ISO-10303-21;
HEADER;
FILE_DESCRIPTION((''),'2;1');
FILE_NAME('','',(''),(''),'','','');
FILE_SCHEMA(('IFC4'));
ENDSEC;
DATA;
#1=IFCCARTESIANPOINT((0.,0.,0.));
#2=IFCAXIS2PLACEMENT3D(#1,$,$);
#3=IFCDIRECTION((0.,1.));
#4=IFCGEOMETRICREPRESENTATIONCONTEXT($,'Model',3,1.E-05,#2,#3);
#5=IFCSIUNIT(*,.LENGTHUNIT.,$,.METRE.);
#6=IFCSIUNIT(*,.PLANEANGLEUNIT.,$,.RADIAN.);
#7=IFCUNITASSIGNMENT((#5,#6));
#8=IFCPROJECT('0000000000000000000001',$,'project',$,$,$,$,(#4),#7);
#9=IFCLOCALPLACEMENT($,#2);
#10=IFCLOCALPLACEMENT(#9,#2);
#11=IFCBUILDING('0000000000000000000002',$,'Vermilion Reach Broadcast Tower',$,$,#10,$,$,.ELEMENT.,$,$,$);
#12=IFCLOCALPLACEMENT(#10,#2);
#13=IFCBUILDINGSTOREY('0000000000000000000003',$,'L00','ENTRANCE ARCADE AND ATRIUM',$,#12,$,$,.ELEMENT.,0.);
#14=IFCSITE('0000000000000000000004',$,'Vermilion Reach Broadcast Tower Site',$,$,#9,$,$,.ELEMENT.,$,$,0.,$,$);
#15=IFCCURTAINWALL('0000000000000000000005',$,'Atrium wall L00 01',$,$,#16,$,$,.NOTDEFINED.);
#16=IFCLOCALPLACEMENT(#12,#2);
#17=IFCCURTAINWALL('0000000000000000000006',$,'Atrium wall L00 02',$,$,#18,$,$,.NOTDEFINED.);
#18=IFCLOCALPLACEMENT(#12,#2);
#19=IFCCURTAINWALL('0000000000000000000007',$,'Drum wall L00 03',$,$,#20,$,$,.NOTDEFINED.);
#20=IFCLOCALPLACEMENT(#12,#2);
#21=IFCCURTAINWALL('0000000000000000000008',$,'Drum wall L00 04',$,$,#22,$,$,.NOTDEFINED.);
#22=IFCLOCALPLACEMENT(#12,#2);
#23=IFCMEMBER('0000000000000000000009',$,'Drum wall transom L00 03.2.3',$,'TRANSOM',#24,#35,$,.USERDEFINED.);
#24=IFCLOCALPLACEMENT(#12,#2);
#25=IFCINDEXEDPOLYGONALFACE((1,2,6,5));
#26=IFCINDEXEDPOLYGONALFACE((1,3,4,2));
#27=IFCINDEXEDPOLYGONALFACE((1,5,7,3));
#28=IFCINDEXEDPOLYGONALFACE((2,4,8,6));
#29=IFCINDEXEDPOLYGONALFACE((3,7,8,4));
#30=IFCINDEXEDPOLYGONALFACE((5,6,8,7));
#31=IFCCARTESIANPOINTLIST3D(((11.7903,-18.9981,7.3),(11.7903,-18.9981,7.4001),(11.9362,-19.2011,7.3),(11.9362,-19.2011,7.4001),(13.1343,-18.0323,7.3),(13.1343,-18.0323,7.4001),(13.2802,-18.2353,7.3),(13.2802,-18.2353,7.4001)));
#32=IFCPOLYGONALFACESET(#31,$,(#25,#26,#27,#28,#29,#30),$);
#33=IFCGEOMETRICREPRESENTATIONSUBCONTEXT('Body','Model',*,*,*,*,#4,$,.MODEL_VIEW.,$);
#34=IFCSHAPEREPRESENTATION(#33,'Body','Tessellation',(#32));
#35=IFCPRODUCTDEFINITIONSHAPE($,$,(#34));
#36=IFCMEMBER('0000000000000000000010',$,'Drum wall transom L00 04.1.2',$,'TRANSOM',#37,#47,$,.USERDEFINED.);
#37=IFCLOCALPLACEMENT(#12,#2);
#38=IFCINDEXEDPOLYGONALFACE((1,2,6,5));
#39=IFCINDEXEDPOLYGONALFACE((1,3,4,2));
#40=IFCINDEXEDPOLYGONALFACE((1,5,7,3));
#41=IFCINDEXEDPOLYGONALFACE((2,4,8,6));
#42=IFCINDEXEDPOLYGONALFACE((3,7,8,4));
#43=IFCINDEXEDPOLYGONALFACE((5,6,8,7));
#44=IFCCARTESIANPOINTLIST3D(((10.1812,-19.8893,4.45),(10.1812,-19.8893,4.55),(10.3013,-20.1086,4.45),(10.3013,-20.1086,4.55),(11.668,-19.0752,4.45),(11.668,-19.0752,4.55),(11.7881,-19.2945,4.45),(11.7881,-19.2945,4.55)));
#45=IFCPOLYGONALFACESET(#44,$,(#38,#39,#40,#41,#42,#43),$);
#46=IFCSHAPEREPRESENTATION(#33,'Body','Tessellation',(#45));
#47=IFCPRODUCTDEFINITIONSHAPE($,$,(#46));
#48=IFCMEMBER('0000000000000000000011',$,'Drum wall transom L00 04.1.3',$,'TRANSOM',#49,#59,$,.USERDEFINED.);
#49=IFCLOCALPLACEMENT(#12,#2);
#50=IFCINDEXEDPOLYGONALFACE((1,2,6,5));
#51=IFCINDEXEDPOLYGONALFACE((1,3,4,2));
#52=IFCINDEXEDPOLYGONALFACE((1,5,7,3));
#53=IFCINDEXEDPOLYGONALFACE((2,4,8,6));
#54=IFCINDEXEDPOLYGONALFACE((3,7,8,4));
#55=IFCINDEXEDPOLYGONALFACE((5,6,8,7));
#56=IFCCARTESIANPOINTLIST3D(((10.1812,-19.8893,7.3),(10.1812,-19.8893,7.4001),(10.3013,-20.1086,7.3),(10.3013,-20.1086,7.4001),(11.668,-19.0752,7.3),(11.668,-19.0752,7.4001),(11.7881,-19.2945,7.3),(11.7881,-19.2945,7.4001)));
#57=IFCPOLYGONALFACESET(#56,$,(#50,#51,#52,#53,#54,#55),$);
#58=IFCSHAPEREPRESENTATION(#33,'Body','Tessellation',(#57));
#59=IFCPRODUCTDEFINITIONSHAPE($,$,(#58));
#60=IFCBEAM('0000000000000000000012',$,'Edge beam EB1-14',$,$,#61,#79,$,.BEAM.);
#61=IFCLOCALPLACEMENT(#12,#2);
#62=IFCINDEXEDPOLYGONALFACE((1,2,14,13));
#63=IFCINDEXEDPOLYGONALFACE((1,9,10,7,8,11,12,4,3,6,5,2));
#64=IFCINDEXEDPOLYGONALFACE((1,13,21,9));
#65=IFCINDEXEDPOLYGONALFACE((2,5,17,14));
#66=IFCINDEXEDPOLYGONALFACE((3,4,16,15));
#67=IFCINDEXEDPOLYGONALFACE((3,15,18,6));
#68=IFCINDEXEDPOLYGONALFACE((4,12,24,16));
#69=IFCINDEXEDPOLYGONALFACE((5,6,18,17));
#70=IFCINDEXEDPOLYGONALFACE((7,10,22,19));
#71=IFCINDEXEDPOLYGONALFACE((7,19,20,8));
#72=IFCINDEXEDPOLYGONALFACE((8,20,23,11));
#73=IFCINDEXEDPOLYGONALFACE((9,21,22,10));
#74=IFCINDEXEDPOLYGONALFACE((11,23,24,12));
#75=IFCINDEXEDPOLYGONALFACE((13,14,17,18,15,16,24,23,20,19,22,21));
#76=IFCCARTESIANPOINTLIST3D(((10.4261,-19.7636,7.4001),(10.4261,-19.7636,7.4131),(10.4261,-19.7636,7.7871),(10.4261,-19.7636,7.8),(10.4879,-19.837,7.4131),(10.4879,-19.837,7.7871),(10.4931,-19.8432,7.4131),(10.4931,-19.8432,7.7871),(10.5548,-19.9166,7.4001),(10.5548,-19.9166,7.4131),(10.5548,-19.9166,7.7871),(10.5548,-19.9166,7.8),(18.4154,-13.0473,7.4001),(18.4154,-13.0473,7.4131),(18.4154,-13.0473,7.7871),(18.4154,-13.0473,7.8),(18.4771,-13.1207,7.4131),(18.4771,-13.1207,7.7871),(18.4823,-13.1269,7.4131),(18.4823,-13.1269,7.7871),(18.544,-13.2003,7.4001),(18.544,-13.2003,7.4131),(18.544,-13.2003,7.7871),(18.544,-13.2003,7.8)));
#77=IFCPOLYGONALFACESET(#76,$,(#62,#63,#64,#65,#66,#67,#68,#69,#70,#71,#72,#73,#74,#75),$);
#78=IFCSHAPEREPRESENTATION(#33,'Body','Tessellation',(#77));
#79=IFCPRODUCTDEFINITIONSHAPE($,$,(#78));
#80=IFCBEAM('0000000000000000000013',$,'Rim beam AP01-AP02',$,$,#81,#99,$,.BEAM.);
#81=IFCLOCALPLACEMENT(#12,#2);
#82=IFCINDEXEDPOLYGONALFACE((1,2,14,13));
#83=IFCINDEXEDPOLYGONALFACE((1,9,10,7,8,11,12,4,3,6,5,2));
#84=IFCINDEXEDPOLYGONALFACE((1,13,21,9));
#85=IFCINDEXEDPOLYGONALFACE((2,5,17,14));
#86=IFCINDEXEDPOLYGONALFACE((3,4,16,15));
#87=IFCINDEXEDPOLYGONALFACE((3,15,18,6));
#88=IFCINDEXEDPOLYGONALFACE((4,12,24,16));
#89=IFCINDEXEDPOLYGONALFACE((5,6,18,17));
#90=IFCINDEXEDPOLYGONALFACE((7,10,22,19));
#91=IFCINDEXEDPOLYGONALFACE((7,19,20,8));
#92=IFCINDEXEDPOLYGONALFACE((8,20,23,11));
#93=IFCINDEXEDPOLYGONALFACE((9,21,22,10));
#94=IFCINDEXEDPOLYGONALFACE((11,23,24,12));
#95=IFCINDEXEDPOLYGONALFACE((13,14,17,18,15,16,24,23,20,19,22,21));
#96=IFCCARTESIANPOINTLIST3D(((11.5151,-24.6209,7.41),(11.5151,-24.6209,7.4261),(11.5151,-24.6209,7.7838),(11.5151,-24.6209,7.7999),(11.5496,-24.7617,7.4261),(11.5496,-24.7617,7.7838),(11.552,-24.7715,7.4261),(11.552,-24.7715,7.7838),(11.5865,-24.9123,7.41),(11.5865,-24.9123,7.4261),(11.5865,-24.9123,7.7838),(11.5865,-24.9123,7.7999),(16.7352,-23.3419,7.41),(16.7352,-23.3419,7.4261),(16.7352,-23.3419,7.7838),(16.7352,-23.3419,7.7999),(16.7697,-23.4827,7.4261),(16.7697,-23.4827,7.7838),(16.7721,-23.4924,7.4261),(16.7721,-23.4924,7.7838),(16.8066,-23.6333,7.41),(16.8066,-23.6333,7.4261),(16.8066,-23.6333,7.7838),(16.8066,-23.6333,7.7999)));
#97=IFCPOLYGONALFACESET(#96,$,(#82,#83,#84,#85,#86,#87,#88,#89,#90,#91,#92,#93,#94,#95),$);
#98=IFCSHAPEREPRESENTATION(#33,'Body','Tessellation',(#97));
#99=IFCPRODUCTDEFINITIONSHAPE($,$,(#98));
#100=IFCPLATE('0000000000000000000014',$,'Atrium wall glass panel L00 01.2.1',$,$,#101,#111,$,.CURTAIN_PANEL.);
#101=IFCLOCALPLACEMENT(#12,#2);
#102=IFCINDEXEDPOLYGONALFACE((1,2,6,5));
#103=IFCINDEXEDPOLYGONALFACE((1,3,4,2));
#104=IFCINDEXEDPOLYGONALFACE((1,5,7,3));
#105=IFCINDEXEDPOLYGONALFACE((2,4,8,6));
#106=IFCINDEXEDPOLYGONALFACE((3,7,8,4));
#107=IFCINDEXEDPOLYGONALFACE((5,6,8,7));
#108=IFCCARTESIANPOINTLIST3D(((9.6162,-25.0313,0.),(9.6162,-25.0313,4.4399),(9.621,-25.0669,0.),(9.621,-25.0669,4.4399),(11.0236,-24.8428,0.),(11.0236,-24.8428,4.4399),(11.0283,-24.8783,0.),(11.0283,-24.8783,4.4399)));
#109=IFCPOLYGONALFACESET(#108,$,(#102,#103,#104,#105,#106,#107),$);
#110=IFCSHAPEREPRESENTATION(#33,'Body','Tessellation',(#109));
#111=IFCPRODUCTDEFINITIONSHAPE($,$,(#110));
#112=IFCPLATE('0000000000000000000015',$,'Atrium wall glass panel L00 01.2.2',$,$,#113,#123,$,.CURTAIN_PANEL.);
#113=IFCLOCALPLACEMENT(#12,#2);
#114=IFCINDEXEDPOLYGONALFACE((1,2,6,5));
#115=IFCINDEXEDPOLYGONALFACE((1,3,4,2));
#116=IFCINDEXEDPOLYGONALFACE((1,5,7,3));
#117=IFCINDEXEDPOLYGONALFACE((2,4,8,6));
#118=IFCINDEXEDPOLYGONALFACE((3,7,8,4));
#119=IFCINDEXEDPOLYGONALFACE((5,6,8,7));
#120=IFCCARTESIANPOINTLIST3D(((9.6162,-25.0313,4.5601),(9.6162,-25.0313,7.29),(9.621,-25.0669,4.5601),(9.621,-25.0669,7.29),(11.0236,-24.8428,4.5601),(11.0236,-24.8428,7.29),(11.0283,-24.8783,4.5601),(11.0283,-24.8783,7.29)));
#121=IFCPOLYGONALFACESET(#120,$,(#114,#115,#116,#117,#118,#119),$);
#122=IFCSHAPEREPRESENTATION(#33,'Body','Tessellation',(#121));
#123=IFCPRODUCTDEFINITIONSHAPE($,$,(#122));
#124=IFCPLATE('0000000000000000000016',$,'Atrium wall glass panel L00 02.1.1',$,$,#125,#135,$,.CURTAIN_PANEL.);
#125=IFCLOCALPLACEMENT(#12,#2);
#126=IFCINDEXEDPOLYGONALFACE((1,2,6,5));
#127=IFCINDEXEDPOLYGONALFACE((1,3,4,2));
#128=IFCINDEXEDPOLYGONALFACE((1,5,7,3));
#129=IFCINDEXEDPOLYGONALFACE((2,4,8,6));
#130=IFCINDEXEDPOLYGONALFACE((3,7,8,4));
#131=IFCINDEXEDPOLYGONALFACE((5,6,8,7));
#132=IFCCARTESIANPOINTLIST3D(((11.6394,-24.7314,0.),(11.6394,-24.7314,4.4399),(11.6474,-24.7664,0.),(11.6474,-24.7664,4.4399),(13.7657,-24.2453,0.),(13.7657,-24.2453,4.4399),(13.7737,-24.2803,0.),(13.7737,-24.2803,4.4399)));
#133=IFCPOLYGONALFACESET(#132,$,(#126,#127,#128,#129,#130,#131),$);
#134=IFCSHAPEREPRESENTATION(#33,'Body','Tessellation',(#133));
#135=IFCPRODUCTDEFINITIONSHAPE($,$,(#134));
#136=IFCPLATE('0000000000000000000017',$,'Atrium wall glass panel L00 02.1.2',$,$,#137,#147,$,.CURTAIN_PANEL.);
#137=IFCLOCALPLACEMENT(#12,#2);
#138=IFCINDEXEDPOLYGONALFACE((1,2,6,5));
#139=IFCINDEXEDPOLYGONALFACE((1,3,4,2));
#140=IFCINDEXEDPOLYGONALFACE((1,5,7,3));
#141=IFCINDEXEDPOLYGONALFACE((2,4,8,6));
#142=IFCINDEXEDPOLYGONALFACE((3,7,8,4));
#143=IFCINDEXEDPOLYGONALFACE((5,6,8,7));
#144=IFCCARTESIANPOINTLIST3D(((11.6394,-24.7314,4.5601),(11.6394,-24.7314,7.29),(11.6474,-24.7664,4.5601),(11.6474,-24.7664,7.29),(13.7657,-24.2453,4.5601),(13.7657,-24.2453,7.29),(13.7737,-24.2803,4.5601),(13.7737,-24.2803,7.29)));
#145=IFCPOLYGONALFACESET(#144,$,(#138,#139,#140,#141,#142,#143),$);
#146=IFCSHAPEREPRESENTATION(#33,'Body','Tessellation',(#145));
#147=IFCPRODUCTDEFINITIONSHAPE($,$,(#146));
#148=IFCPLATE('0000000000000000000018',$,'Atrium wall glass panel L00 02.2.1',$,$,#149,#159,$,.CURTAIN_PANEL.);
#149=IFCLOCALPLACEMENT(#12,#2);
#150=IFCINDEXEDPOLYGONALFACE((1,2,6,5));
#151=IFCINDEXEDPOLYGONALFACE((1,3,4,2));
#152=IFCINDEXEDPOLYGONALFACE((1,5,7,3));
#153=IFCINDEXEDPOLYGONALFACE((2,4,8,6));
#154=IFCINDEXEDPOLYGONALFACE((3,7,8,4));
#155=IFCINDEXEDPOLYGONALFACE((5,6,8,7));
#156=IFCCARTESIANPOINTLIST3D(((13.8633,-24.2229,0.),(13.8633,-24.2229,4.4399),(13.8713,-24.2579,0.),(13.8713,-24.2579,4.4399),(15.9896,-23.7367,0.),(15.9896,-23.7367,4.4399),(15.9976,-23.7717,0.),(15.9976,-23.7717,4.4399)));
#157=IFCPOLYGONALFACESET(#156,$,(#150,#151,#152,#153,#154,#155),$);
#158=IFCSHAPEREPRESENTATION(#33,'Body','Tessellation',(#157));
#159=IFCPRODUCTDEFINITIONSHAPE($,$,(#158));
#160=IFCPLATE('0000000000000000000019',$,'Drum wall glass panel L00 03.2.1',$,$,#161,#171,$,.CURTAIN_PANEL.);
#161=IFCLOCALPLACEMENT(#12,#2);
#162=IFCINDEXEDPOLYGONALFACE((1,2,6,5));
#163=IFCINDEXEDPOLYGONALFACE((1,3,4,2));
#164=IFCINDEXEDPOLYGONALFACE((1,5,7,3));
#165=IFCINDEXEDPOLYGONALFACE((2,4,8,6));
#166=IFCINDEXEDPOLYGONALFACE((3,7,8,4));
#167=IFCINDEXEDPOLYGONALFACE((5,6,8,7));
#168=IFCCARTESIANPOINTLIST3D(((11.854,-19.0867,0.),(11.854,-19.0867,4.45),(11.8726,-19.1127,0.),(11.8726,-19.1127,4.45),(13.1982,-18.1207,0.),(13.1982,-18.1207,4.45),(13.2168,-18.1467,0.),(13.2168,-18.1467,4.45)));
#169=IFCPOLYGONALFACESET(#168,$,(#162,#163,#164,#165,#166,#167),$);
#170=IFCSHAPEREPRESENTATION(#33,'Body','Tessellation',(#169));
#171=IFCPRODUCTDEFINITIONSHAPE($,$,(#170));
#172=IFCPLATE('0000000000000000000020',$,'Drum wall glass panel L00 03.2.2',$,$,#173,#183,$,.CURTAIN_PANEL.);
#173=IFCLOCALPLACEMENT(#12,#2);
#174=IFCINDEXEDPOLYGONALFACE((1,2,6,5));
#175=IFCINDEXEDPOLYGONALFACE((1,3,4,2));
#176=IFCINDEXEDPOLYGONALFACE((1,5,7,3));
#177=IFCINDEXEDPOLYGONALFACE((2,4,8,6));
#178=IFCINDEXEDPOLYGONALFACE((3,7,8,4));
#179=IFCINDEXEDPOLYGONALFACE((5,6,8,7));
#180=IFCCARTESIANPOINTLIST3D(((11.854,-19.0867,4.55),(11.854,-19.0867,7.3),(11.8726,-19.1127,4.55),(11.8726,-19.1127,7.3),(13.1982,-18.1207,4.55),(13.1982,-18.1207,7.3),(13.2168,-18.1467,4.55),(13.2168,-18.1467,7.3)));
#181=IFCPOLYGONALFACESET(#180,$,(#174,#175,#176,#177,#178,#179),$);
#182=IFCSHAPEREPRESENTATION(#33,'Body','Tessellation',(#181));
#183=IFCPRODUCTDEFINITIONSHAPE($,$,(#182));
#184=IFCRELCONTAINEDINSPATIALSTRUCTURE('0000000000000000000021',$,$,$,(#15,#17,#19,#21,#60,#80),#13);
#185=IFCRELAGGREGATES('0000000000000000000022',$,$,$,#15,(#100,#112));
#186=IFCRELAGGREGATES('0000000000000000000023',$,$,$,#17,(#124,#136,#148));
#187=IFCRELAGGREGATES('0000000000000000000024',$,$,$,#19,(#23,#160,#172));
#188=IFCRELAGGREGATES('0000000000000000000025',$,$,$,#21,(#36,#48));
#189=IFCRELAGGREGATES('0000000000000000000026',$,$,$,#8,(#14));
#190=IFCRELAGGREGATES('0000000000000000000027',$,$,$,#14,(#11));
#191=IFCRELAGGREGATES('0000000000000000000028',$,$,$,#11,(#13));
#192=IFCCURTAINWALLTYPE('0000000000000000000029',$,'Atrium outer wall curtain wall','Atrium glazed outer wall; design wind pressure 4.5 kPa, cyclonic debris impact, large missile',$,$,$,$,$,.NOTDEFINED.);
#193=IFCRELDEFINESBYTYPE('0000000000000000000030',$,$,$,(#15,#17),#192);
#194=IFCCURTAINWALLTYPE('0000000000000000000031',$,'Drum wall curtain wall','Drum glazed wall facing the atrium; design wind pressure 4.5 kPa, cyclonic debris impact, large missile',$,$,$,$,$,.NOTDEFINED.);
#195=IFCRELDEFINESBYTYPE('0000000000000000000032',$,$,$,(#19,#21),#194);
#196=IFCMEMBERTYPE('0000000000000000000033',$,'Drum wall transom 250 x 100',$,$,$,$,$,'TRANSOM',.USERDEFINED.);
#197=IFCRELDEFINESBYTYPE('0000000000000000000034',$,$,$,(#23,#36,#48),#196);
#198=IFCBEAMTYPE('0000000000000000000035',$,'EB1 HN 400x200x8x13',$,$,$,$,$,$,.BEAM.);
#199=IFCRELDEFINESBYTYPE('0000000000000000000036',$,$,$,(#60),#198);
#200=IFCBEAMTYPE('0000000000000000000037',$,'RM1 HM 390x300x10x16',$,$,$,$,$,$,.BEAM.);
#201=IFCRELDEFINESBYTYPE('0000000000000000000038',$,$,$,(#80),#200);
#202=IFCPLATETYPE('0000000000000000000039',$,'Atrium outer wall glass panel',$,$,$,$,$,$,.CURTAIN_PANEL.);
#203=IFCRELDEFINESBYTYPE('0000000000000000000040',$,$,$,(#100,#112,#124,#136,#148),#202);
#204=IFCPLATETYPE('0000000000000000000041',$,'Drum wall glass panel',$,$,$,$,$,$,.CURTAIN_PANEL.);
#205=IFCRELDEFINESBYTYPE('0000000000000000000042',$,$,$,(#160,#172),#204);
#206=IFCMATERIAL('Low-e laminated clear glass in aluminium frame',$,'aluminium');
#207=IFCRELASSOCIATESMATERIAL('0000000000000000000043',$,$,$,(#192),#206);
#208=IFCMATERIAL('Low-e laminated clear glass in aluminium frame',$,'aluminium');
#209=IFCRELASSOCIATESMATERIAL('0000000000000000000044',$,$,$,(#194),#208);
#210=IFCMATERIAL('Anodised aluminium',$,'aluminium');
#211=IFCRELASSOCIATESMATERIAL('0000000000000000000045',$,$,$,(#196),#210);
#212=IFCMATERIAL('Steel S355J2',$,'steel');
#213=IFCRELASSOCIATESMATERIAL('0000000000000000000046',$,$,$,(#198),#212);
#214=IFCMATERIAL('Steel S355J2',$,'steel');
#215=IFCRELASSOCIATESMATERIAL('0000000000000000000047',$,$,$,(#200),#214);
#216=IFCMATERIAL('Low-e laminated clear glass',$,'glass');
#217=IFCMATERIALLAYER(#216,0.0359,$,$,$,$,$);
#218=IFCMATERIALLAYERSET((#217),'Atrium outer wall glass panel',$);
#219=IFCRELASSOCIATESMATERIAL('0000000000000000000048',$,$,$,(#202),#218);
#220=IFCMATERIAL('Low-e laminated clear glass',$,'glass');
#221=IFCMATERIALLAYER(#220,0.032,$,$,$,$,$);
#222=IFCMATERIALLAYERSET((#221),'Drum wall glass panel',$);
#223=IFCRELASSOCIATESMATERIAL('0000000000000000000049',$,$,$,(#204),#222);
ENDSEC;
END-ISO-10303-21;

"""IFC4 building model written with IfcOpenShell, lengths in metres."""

from ifc_helpers import new_model, si_unit, direction, frame, origin, origin_2d, place, context, subcontext, project, spatial, rectangle, i_section, extrude, material, layer, layer_set, material_profile, profile_set, type_object, element, aggregate, save


model = new_model("IFC4")

# Units and contexts
model_context = context("Model", 3, precision=1e-05, world=origin(), true_north=direction((0.0, 1.0)))
body_context = subcontext(model_context, "Body", "Model", "MODEL_VIEW")
ifc_project = project(units=[si_unit("LENGTHUNIT", "METRE"), si_unit("PLANEANGLEUNIT", "RADIAN")], contexts=[model_context])

# Site, building, storey
site_placement = place(None, origin())
site = spatial("IfcSite", under=ifc_project, at=site_placement, Name="Vermilion Reach Broadcast Tower Site", CompositionType="ELEMENT", RefElevation=0.0)
building_placement = place(site_placement, origin())
building = spatial("IfcBuilding", under=site, at=building_placement, Name="Vermilion Reach Broadcast Tower", CompositionType="ELEMENT")
storey_placement = place(building_placement, origin())
storey = spatial("IfcBuildingStorey", under=building, at=storey_placement, Name="L00", Description="ENTRANCE ARCADE AND ATRIUM", CompositionType="ELEMENT", Elevation=0.0)

# Curtain wall
ifc_material_1 = material(Name="Low-e laminated clear glass in aluminium frame", Category="aluminium")
curtain_wall_type_1 = type_object("IfcCurtainWallType", Name="Atrium outer wall curtain wall", Description="Atrium glazed outer wall; design wind pressure 4.5 kPa, cyclonic debris impact, large missile", PredefinedType="NOTDEFINED", material=ifc_material_1)
placement = place(storey_placement, origin())
curtain_wall_1 = element("IfcCurtainWall", 1, at=placement, inside=storey, type_object=curtain_wall_type_1, Name="Atrium wall L00 01", PredefinedType="NOTDEFINED")

# Curtain walls
curtain_wall_2 = element("IfcCurtainWall", 2, at=placement, inside=storey, type_object=curtain_wall_type_1, Name="Atrium wall L00 02", PredefinedType="NOTDEFINED")
ifc_material_2 = material(Name="Low-e laminated clear glass in aluminium frame", Category="aluminium")
curtain_wall_type_2 = type_object("IfcCurtainWallType", Name="Drum wall curtain wall", Description="Drum glazed wall facing the atrium; design wind pressure 4.5 kPa, cyclonic debris impact, large missile", PredefinedType="NOTDEFINED", material=ifc_material_2)
curtain_wall_3 = element("IfcCurtainWall", 3, at=placement, inside=storey, type_object=curtain_wall_type_2, Name="Drum wall L00 03", PredefinedType="NOTDEFINED")
curtain_wall_4 = element("IfcCurtainWall", 4, at=placement, inside=storey, type_object=curtain_wall_type_2, Name="Drum wall L00 04", PredefinedType="NOTDEFINED")

# Members
ifc_material_3 = material(Name="Anodised aluminium", Category="aluminium")
ifc_material_profile_1 = material_profile(ifc_material_3, rectangle(XDim=0.25, YDim=0.1001, at=origin_2d()), Name="Drum wall transom 250 x 100")
ifc_profile_set_1 = profile_set([ifc_material_profile_1], Name="Anodised aluminium")
member_type_1 = type_object("IfcMemberType", Name="Drum wall transom 250 x 100", ElementType="TRANSOM", PredefinedType="USERDEFINED", material=ifc_profile_set_1)
member_1_placement = place(storey_placement, frame((13.2073, -18.1338, 7.3501), z_axis=(-0.812066, -0.583566, 0.0), x_axis=(0.583566, -0.812066, 0.0)))
member_1 = element("IfcMember", 5, at=member_1_placement, type_object=member_type_1, Name="Drum wall transom L00 03.2.3", ObjectType="TRANSOM", PredefinedType="USERDEFINED", context=body_context, shape_type="SweptSolid", body=[
    extrude(rectangle(XDim=0.25, YDim=0.1001, at=origin_2d()), origin(), (0.0, 0.0, 1.0), 1.655),
])
member_2_placement = place(storey_placement, frame((11.728, -19.1848, 4.5), z_axis=(-0.877096, -0.480315, 0.0), x_axis=(0.480315, -0.877096, 0.0)))
member_2 = element("IfcMember", 6, at=member_2_placement, type_object=member_type_1, Name="Drum wall transom L00 04.1.2", ObjectType="TRANSOM", PredefinedType="USERDEFINED", context=body_context, shape_type="SweptSolid", body=[
    extrude(rectangle(XDim=0.25, YDim=0.1001, at=origin_2d()), origin(), (0.0, 0.0, 1.0), 1.6951),
])
member_3_placement = place(storey_placement, frame((11.728, -19.1848, 7.3501), z_axis=(-0.877096, -0.480315, 0.0), x_axis=(0.480315, -0.877096, 0.0)))
member_3 = element("IfcMember", 7, at=member_3_placement, type_object=member_type_1, Name="Drum wall transom L00 04.1.3", ObjectType="TRANSOM", PredefinedType="USERDEFINED", context=body_context, shape_type="SweptSolid", body=[
    extrude(rectangle(XDim=0.25, YDim=0.1001, at=origin_2d()), origin(), (0.0, 0.0, 1.0), 1.6951),
])

# Beams
ifc_material_4 = material(Name="Steel S355J2", Category="steel")
ifc_material_profile_2 = material_profile(ifc_material_4, i_section(OverallWidth=0.2, OverallDepth=0.3999, WebThickness=0.0081, FlangeThickness=0.0129, at=origin_2d()), Name="S355J2 HN 400x200x8x13")
ifc_profile_set_2 = profile_set([ifc_material_profile_2], Name="Steel S355J2")
beam_type_1 = type_object("IfcBeamType", Name="EB1 HN 400x200x8x13", PredefinedType="BEAM", material=ifc_profile_set_2)
beam_1_placement = place(storey_placement, frame((10.4905, -19.8401, 7.6001), z_axis=(0.765453, 0.643492, 0.0), x_axis=(-0.643492, 0.765453, 0.0)))
element("IfcBeam", 8, at=beam_1_placement, inside=storey, type_object=beam_type_1, Name="Edge beam EB1-14", PredefinedType="BEAM", context=body_context, shape_type="SweptSolid", body=[
    extrude(i_section(OverallWidth=0.2, OverallDepth=0.3999, WebThickness=0.0081, FlangeThickness=0.0129, at=origin_2d()), origin(), (0.0, 0.0, 1.0), 10.4373),
])
ifc_material_5 = material(Name="Steel S355J2", Category="steel")
ifc_material_profile_3 = material_profile(ifc_material_5, i_section(OverallWidth=0.3, OverallDepth=0.3899, WebThickness=0.01, FlangeThickness=0.0161, at=origin_2d()), Name="S355J2 HM 390x300x10x16")
ifc_profile_set_3 = profile_set([ifc_material_profile_3], Name="Steel S355J2")
beam_type_2 = type_object("IfcBeamType", Name="RM1 HM 390x300x10x16", PredefinedType="BEAM", material=ifc_profile_set_3)
beam_2_placement = place(storey_placement, frame((11.5508, -24.7666, 7.605), z_axis=(0.97127, 0.23798, 0.0), x_axis=(-0.23798, 0.97127, 0.0)))
element("IfcBeam", 9, at=beam_2_placement, inside=storey, type_object=beam_type_2, Name="Rim beam AP01-AP02", PredefinedType="BEAM", context=body_context, shape_type="SweptSolid", body=[
    extrude(i_section(OverallWidth=0.3, OverallDepth=0.3899, WebThickness=0.01, FlangeThickness=0.0161, at=origin_2d()), origin(), (0.0, 0.0, 1.0), 5.3745),
])

# Plates
ifc_material_6 = material(Name="Low-e laminated clear glass", Category="glass")
ifc_layer_1 = layer(ifc_material_6, 0.0359)
ifc_layer_set_1 = layer_set([ifc_layer_1], Name="Atrium outer wall glass panel")
plate_type_1 = type_object("IfcPlateType", Name="Atrium outer wall glass panel", PredefinedType="CURTAIN_PANEL", material=ifc_layer_set_1)
plate_1_placement = place(storey_placement, frame((10.3223, -24.9548, 0.0), z_axis=(0.0, 0.0, 1.0), x_axis=(0.991144, 0.132794, 0.0)))
plate_1 = element("IfcPlate", 10, at=plate_1_placement, type_object=plate_type_1, Name="Atrium wall glass panel L00 01.2.1", PredefinedType="CURTAIN_PANEL", context=body_context, shape_type="SweptSolid", body=[
    extrude(rectangle(XDim=1.4199, YDim=0.0359, at=origin_2d()), origin(), (0.0, 0.0, 1.0), 4.4399),
])
plate_2_placement = place(storey_placement, frame((10.3223, -24.9548, 4.5601), z_axis=(0.0, 0.0, 1.0), x_axis=(0.991144, 0.132794, 0.0)))
plate_2 = element("IfcPlate", 11, at=plate_2_placement, type_object=plate_type_1, Name="Atrium wall glass panel L00 01.2.2", PredefinedType="CURTAIN_PANEL", context=body_context, shape_type="SweptSolid", body=[
    extrude(rectangle(XDim=1.4199, YDim=0.0359, at=origin_2d()), origin(), (0.0, 0.0, 1.0), 2.73),
])
aggregate(curtain_wall_1, [plate_1, plate_2])
plate_3_placement = place(storey_placement, frame((12.7065, -24.5059, 0.0), z_axis=(0.0, 0.0, 1.0), x_axis=(0.974843, 0.222892, 0.0)))
plate_3 = element("IfcPlate", 12, at=plate_3_placement, type_object=plate_type_1, Name="Atrium wall glass panel L00 02.1.1", PredefinedType="CURTAIN_PANEL", context=body_context, shape_type="SweptSolid", body=[
    extrude(rectangle(XDim=2.1812, YDim=0.0359, at=origin_2d()), origin(), (0.0, 0.0, 1.0), 4.4399),
])
plate_4_placement = place(storey_placement, frame((12.7065, -24.5059, 4.5601), z_axis=(0.0, 0.0, 1.0), x_axis=(0.974843, 0.222892, 0.0)))
plate_4 = element("IfcPlate", 13, at=plate_4_placement, type_object=plate_type_1, Name="Atrium wall glass panel L00 02.1.2", PredefinedType="CURTAIN_PANEL", context=body_context, shape_type="SweptSolid", body=[
    extrude(rectangle(XDim=2.1812, YDim=0.0359, at=origin_2d()), origin(), (0.0, 0.0, 1.0), 2.73),
])
plate_5_placement = place(storey_placement, frame((14.9304, -23.9973, 0.0), z_axis=(0.0, 0.0, 1.0), x_axis=(0.974843, 0.222892, 0.0)))
plate_5 = element("IfcPlate", 14, at=plate_5_placement, type_object=plate_type_1, Name="Atrium wall glass panel L00 02.2.1", PredefinedType="CURTAIN_PANEL", context=body_context, shape_type="SweptSolid", body=[
    extrude(rectangle(XDim=2.1812, YDim=0.0359, at=origin_2d()), origin(), (0.0, 0.0, 1.0), 4.4399),
])
aggregate(curtain_wall_2, [plate_3, plate_4, plate_5])
ifc_material_7 = material(Name="Low-e laminated clear glass", Category="glass")
ifc_layer_2 = layer(ifc_material_7, 0.032)
ifc_layer_set_2 = layer_set([ifc_layer_2], Name="Drum wall glass panel")
plate_type_2 = type_object("IfcPlateType", Name="Drum wall glass panel", PredefinedType="CURTAIN_PANEL", material=ifc_layer_set_2)
plate_6_placement = place(storey_placement, frame((12.5354, -18.6167, 0.0), z_axis=(0.0, 0.0, 1.0), x_axis=(-0.812051, -0.583587, 0.0)))
plate_6 = element("IfcPlate", 15, at=plate_6_placement, type_object=plate_type_2, Name="Drum wall glass panel L00 03.2.1", PredefinedType="CURTAIN_PANEL", context=body_context, shape_type="SweptSolid", body=[
    extrude(rectangle(XDim=1.6553, YDim=0.032, at=origin_2d()), origin(), (0.0, 0.0, 1.0), 4.45),
])
plate_7_placement = place(storey_placement, frame((12.5354, -18.6167, 4.55), z_axis=(0.0, 0.0, 1.0), x_axis=(-0.812051, -0.583587, 0.0)))
plate_7 = element("IfcPlate", 16, at=plate_7_placement, type_object=plate_type_2, Name="Drum wall glass panel L00 03.2.2", PredefinedType="CURTAIN_PANEL", context=body_context, shape_type="SweptSolid", body=[
    extrude(rectangle(XDim=1.6553, YDim=0.032, at=origin_2d()), origin(), (0.0, 0.0, 1.0), 2.75),
])
aggregate(curtain_wall_3, [member_1, plate_6, plate_7])
aggregate(curtain_wall_4, [member_2, member_3])

save(model, "model.ifc")
